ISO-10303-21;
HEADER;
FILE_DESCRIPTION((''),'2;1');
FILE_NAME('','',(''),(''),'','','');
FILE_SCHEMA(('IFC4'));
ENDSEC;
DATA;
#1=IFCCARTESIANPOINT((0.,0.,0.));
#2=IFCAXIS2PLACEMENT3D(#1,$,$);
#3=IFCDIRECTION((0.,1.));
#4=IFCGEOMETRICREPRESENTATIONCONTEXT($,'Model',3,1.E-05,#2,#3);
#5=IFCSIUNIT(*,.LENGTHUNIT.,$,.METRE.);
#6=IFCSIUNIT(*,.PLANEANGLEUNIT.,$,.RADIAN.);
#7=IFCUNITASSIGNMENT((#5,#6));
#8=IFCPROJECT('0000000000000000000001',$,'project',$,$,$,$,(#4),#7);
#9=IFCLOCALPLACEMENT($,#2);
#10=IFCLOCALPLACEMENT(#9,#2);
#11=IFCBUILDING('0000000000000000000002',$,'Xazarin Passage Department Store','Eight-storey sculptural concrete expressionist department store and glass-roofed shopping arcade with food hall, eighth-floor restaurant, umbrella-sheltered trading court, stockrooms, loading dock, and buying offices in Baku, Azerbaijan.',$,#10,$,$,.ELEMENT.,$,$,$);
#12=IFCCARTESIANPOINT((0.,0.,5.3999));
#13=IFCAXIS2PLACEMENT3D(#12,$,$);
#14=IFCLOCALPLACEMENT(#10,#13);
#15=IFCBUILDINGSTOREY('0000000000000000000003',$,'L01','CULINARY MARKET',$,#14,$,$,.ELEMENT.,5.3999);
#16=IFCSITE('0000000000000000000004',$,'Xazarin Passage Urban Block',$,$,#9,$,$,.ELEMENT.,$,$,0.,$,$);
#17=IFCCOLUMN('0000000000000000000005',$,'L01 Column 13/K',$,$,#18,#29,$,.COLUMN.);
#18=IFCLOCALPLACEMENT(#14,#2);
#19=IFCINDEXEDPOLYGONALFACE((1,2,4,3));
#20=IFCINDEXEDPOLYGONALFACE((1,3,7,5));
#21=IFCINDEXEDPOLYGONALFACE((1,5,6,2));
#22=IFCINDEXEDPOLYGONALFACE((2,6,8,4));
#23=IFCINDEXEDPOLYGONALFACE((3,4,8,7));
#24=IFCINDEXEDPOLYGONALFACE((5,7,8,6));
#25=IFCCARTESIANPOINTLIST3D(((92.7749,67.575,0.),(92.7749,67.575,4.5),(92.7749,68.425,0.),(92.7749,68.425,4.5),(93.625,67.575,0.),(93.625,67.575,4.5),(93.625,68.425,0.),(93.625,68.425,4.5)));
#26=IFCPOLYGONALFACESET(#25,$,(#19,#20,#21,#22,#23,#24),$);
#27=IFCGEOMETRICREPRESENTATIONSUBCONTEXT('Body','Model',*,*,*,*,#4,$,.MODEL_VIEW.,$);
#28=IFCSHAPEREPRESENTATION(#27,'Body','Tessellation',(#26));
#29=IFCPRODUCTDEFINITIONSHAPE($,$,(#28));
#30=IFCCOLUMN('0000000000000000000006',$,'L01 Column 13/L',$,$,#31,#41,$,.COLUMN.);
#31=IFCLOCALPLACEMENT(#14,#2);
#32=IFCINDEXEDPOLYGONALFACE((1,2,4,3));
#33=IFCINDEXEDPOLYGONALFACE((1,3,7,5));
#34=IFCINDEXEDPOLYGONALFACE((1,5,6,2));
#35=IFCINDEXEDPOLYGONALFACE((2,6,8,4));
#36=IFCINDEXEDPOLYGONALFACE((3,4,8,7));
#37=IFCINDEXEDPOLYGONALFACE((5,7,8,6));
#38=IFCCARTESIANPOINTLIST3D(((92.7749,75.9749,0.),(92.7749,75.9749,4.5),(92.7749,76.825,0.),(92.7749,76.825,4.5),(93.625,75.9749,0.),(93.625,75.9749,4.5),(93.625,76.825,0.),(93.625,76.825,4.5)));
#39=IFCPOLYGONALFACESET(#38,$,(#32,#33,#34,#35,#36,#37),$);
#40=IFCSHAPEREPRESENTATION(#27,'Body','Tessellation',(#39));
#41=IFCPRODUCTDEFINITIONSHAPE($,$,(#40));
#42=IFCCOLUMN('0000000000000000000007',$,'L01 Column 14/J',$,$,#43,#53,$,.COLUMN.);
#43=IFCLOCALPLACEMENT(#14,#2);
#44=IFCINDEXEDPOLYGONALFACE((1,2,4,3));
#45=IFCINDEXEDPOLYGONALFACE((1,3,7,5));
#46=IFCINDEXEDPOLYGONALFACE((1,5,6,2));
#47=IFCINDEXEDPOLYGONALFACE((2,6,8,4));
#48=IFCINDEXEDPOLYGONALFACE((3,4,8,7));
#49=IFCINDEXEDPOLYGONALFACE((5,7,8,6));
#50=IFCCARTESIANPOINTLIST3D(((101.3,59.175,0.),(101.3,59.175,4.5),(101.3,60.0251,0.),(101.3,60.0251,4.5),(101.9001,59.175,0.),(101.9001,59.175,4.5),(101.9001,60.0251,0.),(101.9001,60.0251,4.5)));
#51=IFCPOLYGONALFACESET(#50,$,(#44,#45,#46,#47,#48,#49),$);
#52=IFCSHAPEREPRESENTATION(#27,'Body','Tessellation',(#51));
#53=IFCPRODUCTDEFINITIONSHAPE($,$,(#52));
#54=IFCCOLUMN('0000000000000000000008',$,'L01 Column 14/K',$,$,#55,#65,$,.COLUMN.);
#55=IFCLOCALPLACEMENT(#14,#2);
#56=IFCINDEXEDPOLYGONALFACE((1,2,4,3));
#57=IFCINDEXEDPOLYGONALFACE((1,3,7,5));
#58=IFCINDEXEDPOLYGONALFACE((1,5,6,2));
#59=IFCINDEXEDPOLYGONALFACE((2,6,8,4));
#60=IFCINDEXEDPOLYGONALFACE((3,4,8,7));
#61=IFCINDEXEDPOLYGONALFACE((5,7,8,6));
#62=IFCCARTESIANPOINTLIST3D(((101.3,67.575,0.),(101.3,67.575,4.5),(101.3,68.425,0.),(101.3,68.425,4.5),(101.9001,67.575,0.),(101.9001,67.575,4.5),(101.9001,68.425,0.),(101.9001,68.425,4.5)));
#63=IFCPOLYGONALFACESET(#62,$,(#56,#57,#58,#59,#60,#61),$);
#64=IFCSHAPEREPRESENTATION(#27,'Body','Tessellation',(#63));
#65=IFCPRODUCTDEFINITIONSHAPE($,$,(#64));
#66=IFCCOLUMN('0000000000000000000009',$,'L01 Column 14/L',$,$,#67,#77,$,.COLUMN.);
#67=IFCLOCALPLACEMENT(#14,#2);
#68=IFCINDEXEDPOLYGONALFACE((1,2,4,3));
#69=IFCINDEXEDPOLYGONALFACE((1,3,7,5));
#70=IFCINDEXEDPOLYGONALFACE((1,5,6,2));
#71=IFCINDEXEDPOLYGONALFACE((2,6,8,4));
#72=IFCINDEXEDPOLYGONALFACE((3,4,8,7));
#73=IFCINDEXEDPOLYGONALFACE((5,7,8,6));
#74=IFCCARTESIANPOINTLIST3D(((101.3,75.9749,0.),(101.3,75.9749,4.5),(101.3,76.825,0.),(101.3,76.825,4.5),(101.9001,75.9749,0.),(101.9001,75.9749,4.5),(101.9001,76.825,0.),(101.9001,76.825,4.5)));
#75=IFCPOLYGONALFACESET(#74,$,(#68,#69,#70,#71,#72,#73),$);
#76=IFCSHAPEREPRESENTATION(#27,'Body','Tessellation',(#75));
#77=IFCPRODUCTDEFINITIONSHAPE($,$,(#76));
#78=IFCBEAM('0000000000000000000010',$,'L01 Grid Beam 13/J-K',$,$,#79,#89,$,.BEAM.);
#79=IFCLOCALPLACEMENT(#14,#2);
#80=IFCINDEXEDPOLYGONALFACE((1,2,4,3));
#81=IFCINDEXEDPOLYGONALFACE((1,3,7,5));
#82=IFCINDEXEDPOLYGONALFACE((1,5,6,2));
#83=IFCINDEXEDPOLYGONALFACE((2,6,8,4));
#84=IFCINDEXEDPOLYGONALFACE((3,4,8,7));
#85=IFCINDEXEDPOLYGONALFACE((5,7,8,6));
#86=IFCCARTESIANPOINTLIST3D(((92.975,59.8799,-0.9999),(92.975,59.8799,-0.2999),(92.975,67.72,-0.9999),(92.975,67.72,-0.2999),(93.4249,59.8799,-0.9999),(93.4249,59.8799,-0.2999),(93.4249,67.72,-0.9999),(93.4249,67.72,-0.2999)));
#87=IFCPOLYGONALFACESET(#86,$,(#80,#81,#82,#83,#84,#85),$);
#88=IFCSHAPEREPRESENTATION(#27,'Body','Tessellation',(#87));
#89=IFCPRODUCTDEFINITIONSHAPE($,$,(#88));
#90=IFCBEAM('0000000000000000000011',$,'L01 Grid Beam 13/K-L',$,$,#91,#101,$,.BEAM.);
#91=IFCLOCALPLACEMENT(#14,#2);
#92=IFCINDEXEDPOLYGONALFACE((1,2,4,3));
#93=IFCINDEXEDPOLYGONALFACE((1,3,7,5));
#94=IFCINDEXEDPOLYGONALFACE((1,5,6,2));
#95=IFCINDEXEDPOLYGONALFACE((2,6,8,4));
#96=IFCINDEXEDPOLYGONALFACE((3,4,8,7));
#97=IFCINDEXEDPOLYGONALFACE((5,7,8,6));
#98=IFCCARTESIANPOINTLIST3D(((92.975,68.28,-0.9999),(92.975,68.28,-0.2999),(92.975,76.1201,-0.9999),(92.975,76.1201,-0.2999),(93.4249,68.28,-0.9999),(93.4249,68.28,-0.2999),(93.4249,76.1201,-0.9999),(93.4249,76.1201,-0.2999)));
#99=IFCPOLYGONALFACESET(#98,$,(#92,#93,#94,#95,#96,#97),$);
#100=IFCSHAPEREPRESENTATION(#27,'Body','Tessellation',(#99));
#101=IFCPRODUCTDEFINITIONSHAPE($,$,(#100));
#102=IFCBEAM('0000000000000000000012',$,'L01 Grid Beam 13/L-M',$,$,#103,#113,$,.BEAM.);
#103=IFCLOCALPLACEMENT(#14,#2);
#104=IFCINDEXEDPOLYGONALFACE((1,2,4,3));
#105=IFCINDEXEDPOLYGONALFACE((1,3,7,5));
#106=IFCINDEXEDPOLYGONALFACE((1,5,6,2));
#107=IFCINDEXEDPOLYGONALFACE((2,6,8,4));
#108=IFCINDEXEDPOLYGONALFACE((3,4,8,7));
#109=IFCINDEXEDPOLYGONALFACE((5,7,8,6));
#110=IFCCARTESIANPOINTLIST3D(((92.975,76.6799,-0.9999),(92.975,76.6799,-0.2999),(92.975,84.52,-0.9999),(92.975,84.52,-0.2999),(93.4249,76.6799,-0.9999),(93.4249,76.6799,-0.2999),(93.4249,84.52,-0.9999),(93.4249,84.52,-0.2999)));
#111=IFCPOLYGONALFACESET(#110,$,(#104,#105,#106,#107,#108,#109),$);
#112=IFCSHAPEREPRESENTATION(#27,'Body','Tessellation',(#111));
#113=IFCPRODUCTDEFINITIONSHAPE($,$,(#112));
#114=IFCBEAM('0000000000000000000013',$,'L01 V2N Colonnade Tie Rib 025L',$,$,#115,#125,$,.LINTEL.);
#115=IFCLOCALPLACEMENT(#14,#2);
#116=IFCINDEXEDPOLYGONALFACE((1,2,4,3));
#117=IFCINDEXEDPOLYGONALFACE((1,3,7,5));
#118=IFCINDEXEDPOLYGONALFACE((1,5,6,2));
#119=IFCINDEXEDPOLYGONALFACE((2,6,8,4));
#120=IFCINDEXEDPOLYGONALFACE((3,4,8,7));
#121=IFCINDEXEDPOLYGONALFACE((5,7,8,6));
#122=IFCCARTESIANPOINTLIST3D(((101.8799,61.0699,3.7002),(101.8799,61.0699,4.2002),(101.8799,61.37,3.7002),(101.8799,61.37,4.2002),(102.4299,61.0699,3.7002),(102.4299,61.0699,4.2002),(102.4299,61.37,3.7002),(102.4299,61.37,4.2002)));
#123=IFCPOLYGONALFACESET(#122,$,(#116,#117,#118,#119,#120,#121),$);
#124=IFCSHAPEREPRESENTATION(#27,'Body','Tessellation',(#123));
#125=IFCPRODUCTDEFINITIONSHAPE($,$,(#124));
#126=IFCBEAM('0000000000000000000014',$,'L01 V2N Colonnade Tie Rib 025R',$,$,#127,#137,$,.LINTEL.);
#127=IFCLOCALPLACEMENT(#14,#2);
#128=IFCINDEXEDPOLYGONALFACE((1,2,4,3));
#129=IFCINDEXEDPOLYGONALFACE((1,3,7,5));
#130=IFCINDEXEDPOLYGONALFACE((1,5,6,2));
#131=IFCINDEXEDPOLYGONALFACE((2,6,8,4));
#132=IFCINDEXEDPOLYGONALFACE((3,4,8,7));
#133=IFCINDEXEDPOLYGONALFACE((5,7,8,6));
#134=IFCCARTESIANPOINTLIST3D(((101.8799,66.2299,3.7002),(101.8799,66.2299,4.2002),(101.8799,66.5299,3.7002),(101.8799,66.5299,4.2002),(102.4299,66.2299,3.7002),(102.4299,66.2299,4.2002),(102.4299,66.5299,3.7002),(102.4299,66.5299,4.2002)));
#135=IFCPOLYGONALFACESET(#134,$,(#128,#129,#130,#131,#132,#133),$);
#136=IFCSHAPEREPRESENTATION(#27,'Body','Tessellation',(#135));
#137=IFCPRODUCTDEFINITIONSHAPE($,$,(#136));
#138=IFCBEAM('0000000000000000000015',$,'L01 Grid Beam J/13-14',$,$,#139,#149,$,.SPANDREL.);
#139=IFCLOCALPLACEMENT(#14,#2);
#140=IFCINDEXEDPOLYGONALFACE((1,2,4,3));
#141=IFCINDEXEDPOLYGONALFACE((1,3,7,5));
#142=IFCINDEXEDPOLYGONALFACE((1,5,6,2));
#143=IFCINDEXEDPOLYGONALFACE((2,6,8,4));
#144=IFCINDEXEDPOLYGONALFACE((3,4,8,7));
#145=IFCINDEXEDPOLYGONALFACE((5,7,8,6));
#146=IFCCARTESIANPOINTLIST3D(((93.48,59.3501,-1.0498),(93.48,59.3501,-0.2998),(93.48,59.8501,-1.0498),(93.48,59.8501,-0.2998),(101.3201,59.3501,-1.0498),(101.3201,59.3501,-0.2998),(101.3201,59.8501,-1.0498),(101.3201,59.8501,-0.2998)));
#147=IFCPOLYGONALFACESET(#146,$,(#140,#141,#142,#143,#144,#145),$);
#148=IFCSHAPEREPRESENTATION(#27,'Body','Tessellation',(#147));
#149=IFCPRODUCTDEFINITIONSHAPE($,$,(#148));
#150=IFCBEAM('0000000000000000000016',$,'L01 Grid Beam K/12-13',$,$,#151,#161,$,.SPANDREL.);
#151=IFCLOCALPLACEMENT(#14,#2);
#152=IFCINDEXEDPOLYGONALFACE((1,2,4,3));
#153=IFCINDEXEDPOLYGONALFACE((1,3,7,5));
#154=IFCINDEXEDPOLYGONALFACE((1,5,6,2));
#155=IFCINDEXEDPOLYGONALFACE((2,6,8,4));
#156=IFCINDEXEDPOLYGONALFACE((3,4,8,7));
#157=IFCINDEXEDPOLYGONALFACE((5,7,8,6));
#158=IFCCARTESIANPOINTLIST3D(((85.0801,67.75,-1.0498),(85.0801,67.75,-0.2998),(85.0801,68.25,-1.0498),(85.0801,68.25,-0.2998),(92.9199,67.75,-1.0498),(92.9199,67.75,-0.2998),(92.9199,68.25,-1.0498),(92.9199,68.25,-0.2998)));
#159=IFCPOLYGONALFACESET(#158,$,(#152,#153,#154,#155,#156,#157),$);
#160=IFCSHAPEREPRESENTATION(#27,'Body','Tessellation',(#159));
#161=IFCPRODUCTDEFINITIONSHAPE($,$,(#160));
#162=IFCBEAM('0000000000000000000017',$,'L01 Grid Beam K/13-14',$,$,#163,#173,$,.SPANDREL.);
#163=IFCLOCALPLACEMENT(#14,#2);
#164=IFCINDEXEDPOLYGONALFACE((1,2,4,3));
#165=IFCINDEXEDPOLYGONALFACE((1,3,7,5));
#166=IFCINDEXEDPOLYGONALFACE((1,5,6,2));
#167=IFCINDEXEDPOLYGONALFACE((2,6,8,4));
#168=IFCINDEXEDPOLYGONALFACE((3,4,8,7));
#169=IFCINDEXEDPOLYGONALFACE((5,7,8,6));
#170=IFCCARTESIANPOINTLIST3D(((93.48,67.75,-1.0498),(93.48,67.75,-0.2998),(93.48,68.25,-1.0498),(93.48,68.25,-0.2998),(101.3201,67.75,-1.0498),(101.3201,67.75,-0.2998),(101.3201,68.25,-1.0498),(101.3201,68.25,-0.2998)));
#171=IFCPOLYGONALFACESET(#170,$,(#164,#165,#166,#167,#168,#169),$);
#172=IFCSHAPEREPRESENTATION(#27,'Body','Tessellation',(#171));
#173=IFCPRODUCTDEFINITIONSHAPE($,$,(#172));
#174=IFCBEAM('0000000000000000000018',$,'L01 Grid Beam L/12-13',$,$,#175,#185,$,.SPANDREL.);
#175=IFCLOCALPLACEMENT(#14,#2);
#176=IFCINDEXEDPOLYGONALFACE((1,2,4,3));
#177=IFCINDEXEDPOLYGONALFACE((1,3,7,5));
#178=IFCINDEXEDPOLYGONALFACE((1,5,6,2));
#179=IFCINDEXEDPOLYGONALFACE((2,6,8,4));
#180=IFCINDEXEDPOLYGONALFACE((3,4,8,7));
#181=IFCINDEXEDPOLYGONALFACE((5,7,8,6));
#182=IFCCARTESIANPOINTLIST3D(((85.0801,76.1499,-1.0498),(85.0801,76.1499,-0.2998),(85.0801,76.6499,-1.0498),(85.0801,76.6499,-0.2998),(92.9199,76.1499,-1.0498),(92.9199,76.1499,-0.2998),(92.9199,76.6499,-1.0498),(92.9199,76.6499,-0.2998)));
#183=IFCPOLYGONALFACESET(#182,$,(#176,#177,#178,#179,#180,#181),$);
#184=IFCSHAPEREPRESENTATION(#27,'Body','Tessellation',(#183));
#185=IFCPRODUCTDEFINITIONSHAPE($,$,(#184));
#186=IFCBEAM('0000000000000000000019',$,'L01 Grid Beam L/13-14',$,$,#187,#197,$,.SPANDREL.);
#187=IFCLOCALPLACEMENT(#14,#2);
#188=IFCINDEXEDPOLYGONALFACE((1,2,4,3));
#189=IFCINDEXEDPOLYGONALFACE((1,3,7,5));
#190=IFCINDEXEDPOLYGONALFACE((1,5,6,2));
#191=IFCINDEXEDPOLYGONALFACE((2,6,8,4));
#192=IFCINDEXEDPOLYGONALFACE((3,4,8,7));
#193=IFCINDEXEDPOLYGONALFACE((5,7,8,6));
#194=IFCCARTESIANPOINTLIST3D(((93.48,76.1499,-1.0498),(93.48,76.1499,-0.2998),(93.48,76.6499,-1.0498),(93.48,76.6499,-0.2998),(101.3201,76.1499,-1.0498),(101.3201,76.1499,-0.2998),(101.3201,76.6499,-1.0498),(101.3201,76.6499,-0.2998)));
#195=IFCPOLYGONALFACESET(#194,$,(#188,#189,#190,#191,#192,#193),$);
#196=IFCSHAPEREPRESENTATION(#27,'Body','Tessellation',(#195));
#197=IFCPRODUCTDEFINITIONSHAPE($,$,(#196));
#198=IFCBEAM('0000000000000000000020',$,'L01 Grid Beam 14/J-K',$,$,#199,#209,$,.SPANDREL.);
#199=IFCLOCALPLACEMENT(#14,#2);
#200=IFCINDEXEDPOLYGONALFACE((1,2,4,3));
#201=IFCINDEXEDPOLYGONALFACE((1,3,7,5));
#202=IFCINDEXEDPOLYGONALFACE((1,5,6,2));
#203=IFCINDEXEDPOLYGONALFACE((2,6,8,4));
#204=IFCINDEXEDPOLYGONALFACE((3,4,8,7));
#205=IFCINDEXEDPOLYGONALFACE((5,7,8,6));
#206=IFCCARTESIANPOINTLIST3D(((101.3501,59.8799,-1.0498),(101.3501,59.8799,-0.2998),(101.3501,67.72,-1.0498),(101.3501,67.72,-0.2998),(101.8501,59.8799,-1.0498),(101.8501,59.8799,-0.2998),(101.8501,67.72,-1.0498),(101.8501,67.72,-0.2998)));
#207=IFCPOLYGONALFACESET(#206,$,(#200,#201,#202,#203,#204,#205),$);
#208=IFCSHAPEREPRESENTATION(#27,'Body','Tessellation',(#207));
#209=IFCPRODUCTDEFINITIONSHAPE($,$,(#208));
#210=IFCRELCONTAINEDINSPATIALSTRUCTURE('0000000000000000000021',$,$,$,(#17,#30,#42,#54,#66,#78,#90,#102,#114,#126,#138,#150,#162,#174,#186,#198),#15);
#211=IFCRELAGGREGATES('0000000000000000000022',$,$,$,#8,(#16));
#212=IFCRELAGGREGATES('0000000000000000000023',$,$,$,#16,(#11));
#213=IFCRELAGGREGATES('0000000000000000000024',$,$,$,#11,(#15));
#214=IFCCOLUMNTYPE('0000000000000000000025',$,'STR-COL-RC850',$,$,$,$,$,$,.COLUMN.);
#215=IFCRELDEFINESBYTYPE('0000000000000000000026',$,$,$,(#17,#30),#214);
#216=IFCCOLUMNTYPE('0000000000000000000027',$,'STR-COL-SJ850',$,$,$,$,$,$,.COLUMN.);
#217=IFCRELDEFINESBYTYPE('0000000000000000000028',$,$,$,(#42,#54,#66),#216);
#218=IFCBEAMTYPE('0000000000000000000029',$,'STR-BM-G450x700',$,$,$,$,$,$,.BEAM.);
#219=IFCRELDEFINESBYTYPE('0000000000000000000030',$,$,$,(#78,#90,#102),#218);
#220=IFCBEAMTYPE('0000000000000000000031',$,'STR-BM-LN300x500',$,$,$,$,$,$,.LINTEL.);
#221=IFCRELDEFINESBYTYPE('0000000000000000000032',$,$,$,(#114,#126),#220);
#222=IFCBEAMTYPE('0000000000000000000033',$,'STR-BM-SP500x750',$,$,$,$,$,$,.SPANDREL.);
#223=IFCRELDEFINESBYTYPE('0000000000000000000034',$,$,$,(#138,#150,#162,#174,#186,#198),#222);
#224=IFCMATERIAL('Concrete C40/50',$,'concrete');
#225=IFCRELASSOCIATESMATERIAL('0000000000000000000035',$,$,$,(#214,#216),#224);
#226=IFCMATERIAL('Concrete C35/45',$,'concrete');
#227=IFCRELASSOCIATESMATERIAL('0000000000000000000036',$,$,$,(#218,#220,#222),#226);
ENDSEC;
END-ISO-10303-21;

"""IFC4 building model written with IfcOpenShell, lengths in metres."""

from ifc_helpers import new_model, si_unit, direction, frame, origin, origin_2d, place, context, subcontext, project, spatial, rectangle, extrude, material, material_profile, profile_set, type_object, element, save


model = new_model("IFC4")

# Units and contexts
model_context = context("Model", 3, precision=1e-05, world=origin(), true_north=direction((0.0, 1.0)))
body_context = subcontext(model_context, "Body", "Model", "MODEL_VIEW")
ifc_project = project(units=[si_unit("LENGTHUNIT", "METRE"), si_unit("PLANEANGLEUNIT", "RADIAN")], contexts=[model_context])

# Site, building, storey
site_placement = place(None, origin())
site = spatial("IfcSite", under=ifc_project, at=site_placement, Name="Xazarin Passage Urban Block", CompositionType="ELEMENT", RefElevation=0.0)
building_placement = place(site_placement, origin())
building = spatial("IfcBuilding", under=site, at=building_placement, Name="Xazarin Passage Department Store", Description="Eight-storey sculptural concrete expressionist department store and glass-roofed shopping arcade with food hall, eighth-floor restaurant, umbrella-sheltered trading court, stockrooms, loading dock, and buying offices in Baku, Azerbaijan.", CompositionType="ELEMENT")
storey_placement = place(building_placement, frame((0.0, 0.0, 5.3999)))
storey = spatial("IfcBuildingStorey", under=building, at=storey_placement, Name="L01", Description="CULINARY MARKET", CompositionType="ELEMENT", Elevation=5.3999)

# Columns
ifc_material_1 = material(Name="Concrete C40/50", Category="concrete")
ifc_material_profile_1 = material_profile(ifc_material_1, rectangle(XDim=0.8501, YDim=0.8501, at=origin_2d()), Name="RC 850x850")
ifc_profile_set_1 = profile_set([ifc_material_profile_1], Name="Concrete C40/50")
column_type_1 = type_object("IfcColumnType", Name="STR-COL-RC850", PredefinedType="COLUMN", material=ifc_profile_set_1)
for number, where, z_axis, x_axis, name in (
    (1, (93.2, 68.0, 0.0), (0.0, 0.0, 1.0), (1.0, 0.0, 0.0), "L01 Column 13/K"),
    (2, (93.2, 76.3999, 0.0), (0.0, 0.0, 1.0), (1.0, 0.0, 0.0), "L01 Column 13/L"),
):
    element("IfcColumn", number, at=place(storey_placement, frame(where, z_axis=z_axis, x_axis=x_axis)), inside=storey, type_object=column_type_1, Name=name, PredefinedType="COLUMN", context=body_context, shape_type="SweptSolid", body=[
        extrude(rectangle(XDim=0.8501, YDim=0.8501, at=origin_2d()), origin(), (0.0, 0.0, 1.0), 4.5),
    ])
ifc_material_profile_2 = material_profile(ifc_material_1, rectangle(XDim=0.6001, YDim=0.8501, at=origin_2d()), Name="RC 600x850")
ifc_profile_set_2 = profile_set([ifc_material_profile_2], Name="Concrete C40/50")
column_type_2 = type_object("IfcColumnType", Name="STR-COL-SJ850", PredefinedType="COLUMN", material=ifc_profile_set_2)
for number, where, z_axis, x_axis, name in (
    (3, (101.6001, 59.6001, 0.0), (0.0, 0.0, 1.0), (1.0, 0.0, 0.0), "L01 Column 14/J"),
    (4, (101.6001, 68.0, 0.0), (0.0, 0.0, 1.0), (1.0, 0.0, 0.0), "L01 Column 14/K"),
    (5, (101.6001, 76.3999, 0.0), (0.0, 0.0, 1.0), (1.0, 0.0, 0.0), "L01 Column 14/L"),
):
    element("IfcColumn", number, at=place(storey_placement, frame(where, z_axis=z_axis, x_axis=x_axis)), inside=storey, type_object=column_type_2, Name=name, PredefinedType="COLUMN", context=body_context, shape_type="SweptSolid", body=[
        extrude(rectangle(XDim=0.6001, YDim=0.8501, at=origin_2d()), origin(), (0.0, 0.0, 1.0), 4.5),
    ])

# Beams
ifc_material_2 = material(Name="Concrete C35/45", Category="concrete")
ifc_material_profile_3 = material_profile(ifc_material_2, rectangle(XDim=0.45, YDim=0.7, at=origin_2d()), Name="RC 450x700")
ifc_profile_set_3 = profile_set([ifc_material_profile_3], Name="Concrete C35/45")
beam_type_1 = type_object("IfcBeamType", Name="STR-BM-G450x700", PredefinedType="BEAM", material=ifc_profile_set_3)
for number, where, z_axis, x_axis, name in (
    (6, (93.2, 59.8799, -0.6499), (0.0, 1.0, 0.0), (-1.0, 0.0, 0.0), "L01 Grid Beam 13/J-K"),
    (7, (93.2, 68.28, -0.6499), (0.0, 1.0, 0.0), (-1.0, 0.0, 0.0), "L01 Grid Beam 13/K-L"),
    (8, (93.2, 76.6799, -0.6499), (0.0, 1.0, 0.0), (-1.0, 0.0, 0.0), "L01 Grid Beam 13/L-M"),
):
    element("IfcBeam", number, at=place(storey_placement, frame(where, z_axis=z_axis, x_axis=x_axis)), inside=storey, type_object=beam_type_1, Name=name, PredefinedType="BEAM", context=body_context, shape_type="SweptSolid", body=[
        extrude(rectangle(XDim=0.45, YDim=0.7, at=origin_2d()), origin(), (0.0, 0.0, 1.0), 7.8401),
    ])
ifc_material_profile_4 = material_profile(ifc_material_2, rectangle(XDim=0.3, YDim=0.5, at=origin_2d()), Name="RC 300x500")
ifc_profile_set_4 = profile_set([ifc_material_profile_4], Name="Concrete C35/45")
beam_type_2 = type_object("IfcBeamType", Name="STR-BM-LN300x500", PredefinedType="LINTEL", material=ifc_profile_set_4)
for number, where, z_axis, x_axis, name in (
    (9, (101.8799, 61.22, 3.9502), (1.0, 0.0, 0.0), (0.0, 1.0, 0.0), "L01 V2N Colonnade Tie Rib 025L"),
    (10, (101.8799, 66.3799, 3.9502), (1.0, 0.0, 0.0), (0.0, 1.0, 0.0), "L01 V2N Colonnade Tie Rib 025R"),
):
    element("IfcBeam", number, at=place(storey_placement, frame(where, z_axis=z_axis, x_axis=x_axis)), inside=storey, type_object=beam_type_2, Name=name, PredefinedType="LINTEL", context=body_context, shape_type="SweptSolid", body=[
        extrude(rectangle(XDim=0.3, YDim=0.5, at=origin_2d()), origin(), (0.0, 0.0, 1.0), 0.55),
    ])
ifc_material_profile_5 = material_profile(ifc_material_2, rectangle(XDim=0.5, YDim=0.75, at=origin_2d()), Name="RC 500x750")
ifc_profile_set_5 = profile_set([ifc_material_profile_5], Name="Concrete C35/45")
beam_type_3 = type_object("IfcBeamType", Name="STR-BM-SP500x750", PredefinedType="SPANDREL", material=ifc_profile_set_5)
beam_1_placement = place(storey_placement, frame((93.48, 59.6001, -0.6748), z_axis=(1.0, 0.0, 0.0), x_axis=(0.0, 1.0, 0.0)))
element("IfcBeam", 11, at=beam_1_placement, inside=storey, type_object=beam_type_3, Name="L01 Grid Beam J/13-14", PredefinedType="SPANDREL", context=body_context, shape_type="SweptSolid", body=[
    extrude(rectangle(XDim=0.5, YDim=0.75, at=origin_2d()), origin(), (0.0, 0.0, 1.0), 7.8401),
])
beam_2_placement = place(storey_placement, frame((85.0801, 68.0, -0.6748), z_axis=(1.0, 0.0, 0.0), x_axis=(0.0, 1.0, 0.0)))
element("IfcBeam", 12, at=beam_2_placement, inside=storey, type_object=beam_type_3, Name="L01 Grid Beam K/12-13", PredefinedType="SPANDREL", context=body_context, shape_type="SweptSolid", body=[
    extrude(rectangle(XDim=0.5, YDim=0.75, at=origin_2d()), origin(), (0.0, 0.0, 1.0), 7.8398),
])
beam_3_placement = place(storey_placement, frame((93.48, 68.0, -0.6748), z_axis=(1.0, 0.0, 0.0), x_axis=(0.0, 1.0, 0.0)))
element("IfcBeam", 13, at=beam_3_placement, inside=storey, type_object=beam_type_3, Name="L01 Grid Beam K/13-14", PredefinedType="SPANDREL", context=body_context, shape_type="SweptSolid", body=[
    extrude(rectangle(XDim=0.5, YDim=0.75, at=origin_2d()), origin(), (0.0, 0.0, 1.0), 7.8401),
])
beam_4_placement = place(storey_placement, frame((85.0801, 76.3999, -0.6748), z_axis=(1.0, 0.0, 0.0), x_axis=(0.0, 1.0, 0.0)))
element("IfcBeam", 14, at=beam_4_placement, inside=storey, type_object=beam_type_3, Name="L01 Grid Beam L/12-13", PredefinedType="SPANDREL", context=body_context, shape_type="SweptSolid", body=[
    extrude(rectangle(XDim=0.5, YDim=0.75, at=origin_2d()), origin(), (0.0, 0.0, 1.0), 7.8398),
])
for number, where, z_axis, x_axis, name in (
    (15, (93.48, 76.3999, -0.6748), (1.0, 0.0, 0.0), (0.0, 1.0, 0.0), "L01 Grid Beam L/13-14"),
    (16, (101.6001, 59.8799, -0.6748), (0.0, 1.0, 0.0), (-1.0, 0.0, 0.0), "L01 Grid Beam 14/J-K"),
):
    element("IfcBeam", number, at=place(storey_placement, frame(where, z_axis=z_axis, x_axis=x_axis)), inside=storey, type_object=beam_type_3, Name=name, PredefinedType="SPANDREL", context=body_context, shape_type="SweptSolid", body=[
        extrude(rectangle(XDim=0.5, YDim=0.75, at=origin_2d()), origin(), (0.0, 0.0, 1.0), 7.8401),
    ])

save(model, "model.ifc")
